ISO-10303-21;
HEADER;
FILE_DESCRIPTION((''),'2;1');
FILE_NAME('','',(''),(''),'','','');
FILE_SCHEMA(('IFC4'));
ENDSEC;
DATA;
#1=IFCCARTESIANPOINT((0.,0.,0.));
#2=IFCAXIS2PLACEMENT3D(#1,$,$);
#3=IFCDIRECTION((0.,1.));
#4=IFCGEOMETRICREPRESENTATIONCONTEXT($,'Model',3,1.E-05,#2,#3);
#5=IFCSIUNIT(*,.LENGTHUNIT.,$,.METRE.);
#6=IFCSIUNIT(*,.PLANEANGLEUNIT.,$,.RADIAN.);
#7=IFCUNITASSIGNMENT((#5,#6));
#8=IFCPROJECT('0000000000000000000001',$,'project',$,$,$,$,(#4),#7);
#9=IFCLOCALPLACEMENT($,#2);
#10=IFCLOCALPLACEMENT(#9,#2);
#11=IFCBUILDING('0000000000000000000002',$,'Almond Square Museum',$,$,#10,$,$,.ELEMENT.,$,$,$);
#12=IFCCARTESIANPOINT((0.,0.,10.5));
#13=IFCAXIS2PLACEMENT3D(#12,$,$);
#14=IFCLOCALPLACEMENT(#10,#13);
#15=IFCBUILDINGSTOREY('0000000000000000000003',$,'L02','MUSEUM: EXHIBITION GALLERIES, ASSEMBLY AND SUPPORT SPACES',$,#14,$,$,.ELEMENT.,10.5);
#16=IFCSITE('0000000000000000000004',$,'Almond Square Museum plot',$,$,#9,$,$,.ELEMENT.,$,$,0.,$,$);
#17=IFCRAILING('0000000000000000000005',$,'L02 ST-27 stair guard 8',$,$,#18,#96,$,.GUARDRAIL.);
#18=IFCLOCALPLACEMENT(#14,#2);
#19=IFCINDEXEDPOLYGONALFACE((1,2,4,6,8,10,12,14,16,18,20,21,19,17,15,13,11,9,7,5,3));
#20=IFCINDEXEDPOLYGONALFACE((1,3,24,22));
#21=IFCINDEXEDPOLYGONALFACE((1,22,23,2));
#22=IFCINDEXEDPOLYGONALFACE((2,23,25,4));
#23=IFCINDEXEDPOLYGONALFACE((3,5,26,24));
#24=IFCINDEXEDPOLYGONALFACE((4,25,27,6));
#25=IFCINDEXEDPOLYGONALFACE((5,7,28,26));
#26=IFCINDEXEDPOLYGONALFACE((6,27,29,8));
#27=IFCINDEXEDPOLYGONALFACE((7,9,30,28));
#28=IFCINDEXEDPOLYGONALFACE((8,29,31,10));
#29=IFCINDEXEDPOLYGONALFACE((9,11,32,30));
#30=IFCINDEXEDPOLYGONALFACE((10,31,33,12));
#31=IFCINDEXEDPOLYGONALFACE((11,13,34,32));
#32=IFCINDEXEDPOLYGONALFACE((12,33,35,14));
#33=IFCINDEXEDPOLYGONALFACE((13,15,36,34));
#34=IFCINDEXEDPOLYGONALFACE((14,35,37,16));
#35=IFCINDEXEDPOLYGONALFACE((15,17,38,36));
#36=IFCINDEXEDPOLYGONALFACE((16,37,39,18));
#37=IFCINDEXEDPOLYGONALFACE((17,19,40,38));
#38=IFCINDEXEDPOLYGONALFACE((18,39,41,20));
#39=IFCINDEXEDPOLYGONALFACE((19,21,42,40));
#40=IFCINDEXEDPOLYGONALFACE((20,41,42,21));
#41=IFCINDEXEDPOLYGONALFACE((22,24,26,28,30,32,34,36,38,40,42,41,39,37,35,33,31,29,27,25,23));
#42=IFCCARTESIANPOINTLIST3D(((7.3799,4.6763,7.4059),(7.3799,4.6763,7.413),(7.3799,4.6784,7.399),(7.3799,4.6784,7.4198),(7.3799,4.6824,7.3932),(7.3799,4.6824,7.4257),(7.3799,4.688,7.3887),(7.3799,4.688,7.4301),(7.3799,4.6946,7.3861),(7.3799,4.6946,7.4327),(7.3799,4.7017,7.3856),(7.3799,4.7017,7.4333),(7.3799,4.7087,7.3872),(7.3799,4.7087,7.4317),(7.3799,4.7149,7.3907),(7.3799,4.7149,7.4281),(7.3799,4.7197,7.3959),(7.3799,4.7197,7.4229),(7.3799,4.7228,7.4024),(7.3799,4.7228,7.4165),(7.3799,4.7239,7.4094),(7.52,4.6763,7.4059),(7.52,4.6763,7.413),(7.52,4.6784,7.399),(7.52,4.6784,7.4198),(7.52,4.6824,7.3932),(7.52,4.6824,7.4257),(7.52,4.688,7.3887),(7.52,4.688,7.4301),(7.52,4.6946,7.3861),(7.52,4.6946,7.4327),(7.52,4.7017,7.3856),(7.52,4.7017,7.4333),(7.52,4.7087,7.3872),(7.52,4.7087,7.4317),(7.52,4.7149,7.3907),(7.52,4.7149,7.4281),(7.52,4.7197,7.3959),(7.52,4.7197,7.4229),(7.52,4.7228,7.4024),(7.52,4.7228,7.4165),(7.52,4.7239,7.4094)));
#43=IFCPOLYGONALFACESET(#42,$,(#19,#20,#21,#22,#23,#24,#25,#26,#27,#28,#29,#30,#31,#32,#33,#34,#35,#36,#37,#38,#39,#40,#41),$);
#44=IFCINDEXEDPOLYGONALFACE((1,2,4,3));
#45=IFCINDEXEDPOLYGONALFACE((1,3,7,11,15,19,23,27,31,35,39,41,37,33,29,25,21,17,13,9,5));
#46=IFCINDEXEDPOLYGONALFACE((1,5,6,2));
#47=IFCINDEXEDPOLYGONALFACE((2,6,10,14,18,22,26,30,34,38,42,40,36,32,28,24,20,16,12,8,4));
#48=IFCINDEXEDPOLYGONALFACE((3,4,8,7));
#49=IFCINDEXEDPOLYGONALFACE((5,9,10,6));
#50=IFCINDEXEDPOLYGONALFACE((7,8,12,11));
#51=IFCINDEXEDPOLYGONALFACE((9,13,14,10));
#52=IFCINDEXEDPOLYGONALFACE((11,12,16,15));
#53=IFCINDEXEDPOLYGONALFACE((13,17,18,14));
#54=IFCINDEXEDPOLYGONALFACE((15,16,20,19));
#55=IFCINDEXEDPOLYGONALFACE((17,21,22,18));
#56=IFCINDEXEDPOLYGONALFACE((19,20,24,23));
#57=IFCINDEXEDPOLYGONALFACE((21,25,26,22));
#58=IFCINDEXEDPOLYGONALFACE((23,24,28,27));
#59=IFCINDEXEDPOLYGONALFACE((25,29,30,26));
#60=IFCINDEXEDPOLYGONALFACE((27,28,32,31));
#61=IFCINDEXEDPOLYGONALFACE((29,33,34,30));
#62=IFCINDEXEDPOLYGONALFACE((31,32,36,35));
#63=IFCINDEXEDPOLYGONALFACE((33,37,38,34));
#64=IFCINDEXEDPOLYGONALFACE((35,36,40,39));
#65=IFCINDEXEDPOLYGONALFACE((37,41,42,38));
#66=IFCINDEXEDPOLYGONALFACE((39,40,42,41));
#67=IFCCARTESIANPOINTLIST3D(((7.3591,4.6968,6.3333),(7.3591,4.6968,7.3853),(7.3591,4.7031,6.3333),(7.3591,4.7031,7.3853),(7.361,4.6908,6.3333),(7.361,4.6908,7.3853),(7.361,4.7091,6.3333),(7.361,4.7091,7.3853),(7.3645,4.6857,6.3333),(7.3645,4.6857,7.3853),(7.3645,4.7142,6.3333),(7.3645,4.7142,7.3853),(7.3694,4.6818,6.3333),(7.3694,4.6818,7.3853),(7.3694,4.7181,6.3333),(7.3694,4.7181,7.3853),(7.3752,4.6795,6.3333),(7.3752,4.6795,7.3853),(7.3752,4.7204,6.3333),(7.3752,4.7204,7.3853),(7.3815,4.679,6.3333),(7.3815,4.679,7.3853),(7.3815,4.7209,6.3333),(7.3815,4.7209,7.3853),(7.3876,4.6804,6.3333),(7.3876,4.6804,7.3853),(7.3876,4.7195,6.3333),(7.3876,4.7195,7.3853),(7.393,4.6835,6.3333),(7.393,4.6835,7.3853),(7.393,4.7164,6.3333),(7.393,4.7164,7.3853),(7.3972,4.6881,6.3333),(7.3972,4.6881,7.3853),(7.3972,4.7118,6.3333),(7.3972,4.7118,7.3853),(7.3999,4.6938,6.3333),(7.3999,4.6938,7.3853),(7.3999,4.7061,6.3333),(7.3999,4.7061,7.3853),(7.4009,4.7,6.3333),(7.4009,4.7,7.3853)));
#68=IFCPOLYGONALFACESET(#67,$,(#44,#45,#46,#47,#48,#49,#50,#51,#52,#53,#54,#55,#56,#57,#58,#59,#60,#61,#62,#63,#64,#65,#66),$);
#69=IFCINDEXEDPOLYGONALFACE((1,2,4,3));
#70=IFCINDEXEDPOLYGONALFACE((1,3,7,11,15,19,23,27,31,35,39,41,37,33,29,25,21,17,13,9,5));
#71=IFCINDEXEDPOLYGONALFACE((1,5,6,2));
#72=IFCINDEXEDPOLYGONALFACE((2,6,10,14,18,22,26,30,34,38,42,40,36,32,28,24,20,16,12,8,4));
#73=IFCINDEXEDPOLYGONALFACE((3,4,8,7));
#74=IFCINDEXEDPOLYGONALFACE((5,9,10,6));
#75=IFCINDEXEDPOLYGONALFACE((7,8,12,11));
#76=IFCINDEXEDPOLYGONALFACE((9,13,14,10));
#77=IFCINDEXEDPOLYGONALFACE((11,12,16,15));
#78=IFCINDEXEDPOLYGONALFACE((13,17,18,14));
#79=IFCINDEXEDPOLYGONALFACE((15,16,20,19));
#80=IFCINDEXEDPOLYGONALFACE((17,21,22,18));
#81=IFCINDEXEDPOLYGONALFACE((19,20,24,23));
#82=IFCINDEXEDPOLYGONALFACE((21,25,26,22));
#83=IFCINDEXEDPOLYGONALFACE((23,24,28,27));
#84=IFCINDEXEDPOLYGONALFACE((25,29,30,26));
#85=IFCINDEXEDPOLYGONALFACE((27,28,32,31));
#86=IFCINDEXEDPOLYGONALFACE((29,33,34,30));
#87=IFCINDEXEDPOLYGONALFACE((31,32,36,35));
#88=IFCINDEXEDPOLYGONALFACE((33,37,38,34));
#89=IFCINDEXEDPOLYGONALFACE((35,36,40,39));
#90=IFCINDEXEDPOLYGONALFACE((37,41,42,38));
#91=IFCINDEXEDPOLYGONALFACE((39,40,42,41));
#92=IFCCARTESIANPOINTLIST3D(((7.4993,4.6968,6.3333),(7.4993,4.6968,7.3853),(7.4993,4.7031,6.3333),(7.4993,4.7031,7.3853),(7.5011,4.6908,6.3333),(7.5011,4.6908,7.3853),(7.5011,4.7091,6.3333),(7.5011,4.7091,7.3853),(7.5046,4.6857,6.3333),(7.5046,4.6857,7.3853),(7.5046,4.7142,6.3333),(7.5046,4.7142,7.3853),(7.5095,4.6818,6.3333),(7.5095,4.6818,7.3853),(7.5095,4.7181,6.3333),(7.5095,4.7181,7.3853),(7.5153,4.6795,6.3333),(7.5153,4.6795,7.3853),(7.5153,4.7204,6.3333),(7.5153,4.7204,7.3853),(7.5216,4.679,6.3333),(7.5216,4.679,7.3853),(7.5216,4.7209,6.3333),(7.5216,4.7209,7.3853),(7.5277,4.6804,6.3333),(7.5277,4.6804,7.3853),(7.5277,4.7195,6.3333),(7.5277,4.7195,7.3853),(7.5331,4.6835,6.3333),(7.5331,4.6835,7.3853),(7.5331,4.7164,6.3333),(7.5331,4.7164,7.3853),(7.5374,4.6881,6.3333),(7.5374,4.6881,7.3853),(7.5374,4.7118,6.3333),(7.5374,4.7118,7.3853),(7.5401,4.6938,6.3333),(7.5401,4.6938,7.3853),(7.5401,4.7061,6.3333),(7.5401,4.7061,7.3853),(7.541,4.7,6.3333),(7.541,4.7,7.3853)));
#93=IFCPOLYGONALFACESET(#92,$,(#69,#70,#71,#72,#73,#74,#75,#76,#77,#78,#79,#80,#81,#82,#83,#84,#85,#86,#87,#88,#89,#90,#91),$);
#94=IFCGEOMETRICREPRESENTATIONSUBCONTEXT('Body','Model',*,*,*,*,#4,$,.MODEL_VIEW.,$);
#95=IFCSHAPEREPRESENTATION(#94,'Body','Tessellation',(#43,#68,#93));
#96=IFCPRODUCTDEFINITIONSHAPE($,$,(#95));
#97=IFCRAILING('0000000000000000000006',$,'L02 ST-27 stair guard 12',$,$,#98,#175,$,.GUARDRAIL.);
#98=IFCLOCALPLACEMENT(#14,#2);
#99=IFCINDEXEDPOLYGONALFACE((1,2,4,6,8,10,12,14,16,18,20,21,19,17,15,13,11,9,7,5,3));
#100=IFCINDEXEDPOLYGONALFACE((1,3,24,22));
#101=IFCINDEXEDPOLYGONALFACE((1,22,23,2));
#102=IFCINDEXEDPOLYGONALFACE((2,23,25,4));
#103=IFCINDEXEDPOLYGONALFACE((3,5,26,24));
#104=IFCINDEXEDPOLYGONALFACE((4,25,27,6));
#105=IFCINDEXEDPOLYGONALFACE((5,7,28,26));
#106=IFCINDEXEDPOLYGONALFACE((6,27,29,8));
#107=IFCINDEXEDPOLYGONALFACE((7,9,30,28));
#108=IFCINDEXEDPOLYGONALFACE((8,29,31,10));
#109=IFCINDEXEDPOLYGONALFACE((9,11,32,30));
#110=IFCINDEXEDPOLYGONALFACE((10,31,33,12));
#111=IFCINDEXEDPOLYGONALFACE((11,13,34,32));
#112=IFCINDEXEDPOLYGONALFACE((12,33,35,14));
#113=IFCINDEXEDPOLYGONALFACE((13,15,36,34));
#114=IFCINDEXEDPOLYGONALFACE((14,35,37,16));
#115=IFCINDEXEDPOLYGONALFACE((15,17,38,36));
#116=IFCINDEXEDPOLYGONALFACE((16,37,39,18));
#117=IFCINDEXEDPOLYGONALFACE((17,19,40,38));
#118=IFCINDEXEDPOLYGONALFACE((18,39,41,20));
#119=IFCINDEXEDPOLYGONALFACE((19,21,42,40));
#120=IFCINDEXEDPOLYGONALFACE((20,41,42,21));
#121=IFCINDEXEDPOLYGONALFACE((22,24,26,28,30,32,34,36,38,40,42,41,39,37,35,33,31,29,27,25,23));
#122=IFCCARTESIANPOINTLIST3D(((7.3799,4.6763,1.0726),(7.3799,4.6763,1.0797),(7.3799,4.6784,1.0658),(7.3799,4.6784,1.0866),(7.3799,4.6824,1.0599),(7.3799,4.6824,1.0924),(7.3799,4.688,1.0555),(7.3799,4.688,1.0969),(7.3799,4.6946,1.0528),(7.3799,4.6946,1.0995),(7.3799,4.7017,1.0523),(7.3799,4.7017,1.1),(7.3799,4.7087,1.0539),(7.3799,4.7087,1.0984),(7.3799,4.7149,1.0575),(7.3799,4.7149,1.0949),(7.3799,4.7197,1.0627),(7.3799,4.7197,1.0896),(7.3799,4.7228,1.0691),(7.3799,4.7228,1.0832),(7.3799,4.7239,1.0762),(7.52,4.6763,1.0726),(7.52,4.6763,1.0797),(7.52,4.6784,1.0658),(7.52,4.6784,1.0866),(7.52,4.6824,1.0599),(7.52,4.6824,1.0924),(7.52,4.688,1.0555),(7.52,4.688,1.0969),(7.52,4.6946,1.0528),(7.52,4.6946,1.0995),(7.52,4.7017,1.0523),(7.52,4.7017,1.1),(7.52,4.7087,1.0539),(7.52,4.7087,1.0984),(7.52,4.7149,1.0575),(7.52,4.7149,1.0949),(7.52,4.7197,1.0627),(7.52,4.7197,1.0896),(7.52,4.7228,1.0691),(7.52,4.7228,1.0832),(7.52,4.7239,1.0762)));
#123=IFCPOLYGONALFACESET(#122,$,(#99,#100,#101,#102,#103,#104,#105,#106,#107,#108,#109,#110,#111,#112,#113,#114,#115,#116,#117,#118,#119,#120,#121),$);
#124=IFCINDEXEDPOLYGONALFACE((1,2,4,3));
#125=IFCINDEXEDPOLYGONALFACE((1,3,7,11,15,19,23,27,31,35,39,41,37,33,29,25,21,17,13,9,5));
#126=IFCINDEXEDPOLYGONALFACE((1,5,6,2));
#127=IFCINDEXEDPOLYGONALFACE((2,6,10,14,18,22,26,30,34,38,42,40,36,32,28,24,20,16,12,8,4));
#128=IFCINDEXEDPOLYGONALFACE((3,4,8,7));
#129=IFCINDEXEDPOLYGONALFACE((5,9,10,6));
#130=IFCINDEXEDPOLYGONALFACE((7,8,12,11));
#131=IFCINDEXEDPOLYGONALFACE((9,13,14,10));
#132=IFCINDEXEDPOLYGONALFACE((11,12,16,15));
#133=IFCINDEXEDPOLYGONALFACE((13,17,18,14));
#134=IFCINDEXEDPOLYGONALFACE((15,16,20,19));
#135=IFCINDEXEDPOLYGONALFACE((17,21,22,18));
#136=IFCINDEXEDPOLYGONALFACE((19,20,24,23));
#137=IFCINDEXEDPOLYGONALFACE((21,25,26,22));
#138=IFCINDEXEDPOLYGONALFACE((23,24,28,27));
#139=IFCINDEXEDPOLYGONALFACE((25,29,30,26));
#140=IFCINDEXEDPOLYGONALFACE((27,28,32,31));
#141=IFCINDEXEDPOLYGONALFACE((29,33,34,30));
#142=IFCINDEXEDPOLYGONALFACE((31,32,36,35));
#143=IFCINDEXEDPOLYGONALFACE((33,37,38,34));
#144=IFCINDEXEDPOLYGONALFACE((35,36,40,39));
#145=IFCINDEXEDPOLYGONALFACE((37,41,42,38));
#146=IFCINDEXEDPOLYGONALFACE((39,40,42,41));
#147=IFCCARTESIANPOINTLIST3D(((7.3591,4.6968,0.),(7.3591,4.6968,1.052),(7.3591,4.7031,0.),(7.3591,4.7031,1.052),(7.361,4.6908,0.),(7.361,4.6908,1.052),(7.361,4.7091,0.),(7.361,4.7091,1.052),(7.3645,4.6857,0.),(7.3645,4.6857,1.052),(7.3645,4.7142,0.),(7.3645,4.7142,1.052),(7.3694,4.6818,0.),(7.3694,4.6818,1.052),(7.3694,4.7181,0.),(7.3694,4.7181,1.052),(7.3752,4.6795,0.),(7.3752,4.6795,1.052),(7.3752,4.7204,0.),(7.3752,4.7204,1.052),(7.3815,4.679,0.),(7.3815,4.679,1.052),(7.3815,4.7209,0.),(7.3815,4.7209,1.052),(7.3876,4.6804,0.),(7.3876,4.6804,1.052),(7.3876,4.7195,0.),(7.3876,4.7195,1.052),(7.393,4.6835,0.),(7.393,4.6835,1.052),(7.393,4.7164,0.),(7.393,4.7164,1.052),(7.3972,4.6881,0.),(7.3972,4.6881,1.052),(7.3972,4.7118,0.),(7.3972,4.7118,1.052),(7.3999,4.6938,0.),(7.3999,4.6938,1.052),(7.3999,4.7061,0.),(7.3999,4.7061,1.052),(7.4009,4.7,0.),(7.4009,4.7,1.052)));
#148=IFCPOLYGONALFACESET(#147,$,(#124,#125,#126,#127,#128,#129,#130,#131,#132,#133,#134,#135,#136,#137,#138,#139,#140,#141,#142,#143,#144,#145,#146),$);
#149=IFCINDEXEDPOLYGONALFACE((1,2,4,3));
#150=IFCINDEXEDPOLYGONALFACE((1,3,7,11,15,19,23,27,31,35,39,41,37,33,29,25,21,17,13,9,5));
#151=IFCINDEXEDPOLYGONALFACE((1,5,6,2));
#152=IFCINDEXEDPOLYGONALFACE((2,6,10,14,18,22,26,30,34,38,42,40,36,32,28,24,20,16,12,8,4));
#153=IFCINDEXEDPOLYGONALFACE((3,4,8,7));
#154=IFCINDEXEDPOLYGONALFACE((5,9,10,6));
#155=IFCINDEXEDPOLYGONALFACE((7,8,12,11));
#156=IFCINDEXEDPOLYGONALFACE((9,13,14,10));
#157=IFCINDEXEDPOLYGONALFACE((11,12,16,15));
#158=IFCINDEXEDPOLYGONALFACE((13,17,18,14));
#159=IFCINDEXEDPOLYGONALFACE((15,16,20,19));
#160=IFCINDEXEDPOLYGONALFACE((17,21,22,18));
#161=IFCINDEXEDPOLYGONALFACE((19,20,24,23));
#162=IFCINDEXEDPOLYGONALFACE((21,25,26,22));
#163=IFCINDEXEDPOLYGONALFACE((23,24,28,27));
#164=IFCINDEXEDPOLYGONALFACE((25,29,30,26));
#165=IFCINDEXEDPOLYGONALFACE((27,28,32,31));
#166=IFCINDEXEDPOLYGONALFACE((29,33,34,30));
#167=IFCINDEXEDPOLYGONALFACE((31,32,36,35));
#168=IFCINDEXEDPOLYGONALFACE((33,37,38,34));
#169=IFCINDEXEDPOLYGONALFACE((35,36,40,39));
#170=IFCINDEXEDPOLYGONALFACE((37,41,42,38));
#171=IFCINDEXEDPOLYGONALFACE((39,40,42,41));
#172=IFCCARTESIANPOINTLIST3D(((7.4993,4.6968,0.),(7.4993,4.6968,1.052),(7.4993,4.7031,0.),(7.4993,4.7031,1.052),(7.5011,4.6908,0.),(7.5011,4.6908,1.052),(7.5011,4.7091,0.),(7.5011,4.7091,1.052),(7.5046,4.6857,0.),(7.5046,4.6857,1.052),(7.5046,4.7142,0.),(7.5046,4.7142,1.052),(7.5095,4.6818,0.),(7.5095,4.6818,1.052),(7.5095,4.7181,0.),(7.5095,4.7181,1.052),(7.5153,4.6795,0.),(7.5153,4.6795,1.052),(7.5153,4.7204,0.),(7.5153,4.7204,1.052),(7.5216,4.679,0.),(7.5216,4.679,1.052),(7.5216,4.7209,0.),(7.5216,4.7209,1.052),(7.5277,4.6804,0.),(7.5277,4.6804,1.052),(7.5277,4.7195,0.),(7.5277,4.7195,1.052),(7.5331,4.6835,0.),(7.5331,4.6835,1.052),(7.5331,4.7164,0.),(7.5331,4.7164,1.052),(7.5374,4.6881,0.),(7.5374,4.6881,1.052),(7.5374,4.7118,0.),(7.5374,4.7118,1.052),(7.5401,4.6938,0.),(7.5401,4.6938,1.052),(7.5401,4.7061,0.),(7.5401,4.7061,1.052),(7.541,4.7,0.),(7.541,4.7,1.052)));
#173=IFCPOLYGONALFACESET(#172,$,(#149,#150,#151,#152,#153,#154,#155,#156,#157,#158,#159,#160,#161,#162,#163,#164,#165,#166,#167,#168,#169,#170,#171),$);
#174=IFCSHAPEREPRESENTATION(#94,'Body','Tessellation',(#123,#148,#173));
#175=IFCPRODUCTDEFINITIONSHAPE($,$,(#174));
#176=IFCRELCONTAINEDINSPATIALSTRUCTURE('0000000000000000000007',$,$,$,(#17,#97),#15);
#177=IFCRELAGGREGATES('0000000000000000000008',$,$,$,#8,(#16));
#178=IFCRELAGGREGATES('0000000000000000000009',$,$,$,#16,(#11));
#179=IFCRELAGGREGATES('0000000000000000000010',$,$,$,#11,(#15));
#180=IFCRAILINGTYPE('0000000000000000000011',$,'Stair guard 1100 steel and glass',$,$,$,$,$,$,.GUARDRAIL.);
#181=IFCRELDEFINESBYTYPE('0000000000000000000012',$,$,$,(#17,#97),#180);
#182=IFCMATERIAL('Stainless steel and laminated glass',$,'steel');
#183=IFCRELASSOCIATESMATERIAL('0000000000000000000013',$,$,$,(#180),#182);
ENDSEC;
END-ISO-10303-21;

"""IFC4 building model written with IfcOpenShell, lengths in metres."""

from ifc_helpers import new_model, si_unit, direction, frame, origin, origin_2d, place, context, subcontext, project, spatial, circle, extrude, material, type_object, element, save


model = new_model("IFC4")

# Units and contexts
model_context = context("Model", 3, precision=1e-05, world=origin(), true_north=direction((0.0, 1.0)))
body_context = subcontext(model_context, "Body", "Model", "MODEL_VIEW")
ifc_project = project(units=[si_unit("LENGTHUNIT", "METRE"), si_unit("PLANEANGLEUNIT", "RADIAN")], contexts=[model_context])

# Site, building, storey
site_placement = place(None, origin())
site = spatial("IfcSite", under=ifc_project, at=site_placement, Name="Almond Square Museum plot", CompositionType="ELEMENT", RefElevation=0.0)
building_placement = place(site_placement, origin())
building = spatial("IfcBuilding", under=site, at=building_placement, Name="Almond Square Museum", CompositionType="ELEMENT")
storey_placement = place(building_placement, frame((0.0, 0.0, 10.5)))
storey = spatial("IfcBuildingStorey", under=building, at=storey_placement, Name="L02", Description="MUSEUM: EXHIBITION GALLERIES, ASSEMBLY AND SUPPORT SPACES", CompositionType="ELEMENT", Elevation=10.5)

# Railings
ifc_material_1 = material(Name="Stainless steel and laminated glass", Category="steel")
railing_type_1 = type_object("IfcRailingType", Name="Stair guard 1100 steel and glass", PredefinedType="GUARDRAIL", material=ifc_material_1)
for number, where, name in (
    (1, (7.3799, 4.7, 6.3333), "L02 ST-27 stair guard 8"),
    (2, (7.3799, 4.7, 0.0), "L02 ST-27 stair guard 12"),
):
    element("IfcRailing", number, at=place(storey_placement, frame(where)), inside=storey, type_object=railing_type_1, Name=name, PredefinedType="GUARDRAIL", context=body_context, shape_type="SweptSolid", body=[
        extrude(circle(Radius=0.0239, at=origin_2d()), frame((0.0, 0.0, 1.0762), z_axis=(1.0, 0.0, 0.0), x_axis=(0.0, 1.0, 0.0)), (0.0, 0.0, 1.0), 0.1401),
        extrude(circle(Radius=0.021, at=origin_2d()), origin(), (0.0, 0.0, 1.0), 1.052),
        extrude(circle(Radius=0.021, at=origin_2d()), frame((0.1401, 0.0, 0.0)), (0.0, 0.0, 1.0), 1.052),
    ])

save(model, "model.ifc")
